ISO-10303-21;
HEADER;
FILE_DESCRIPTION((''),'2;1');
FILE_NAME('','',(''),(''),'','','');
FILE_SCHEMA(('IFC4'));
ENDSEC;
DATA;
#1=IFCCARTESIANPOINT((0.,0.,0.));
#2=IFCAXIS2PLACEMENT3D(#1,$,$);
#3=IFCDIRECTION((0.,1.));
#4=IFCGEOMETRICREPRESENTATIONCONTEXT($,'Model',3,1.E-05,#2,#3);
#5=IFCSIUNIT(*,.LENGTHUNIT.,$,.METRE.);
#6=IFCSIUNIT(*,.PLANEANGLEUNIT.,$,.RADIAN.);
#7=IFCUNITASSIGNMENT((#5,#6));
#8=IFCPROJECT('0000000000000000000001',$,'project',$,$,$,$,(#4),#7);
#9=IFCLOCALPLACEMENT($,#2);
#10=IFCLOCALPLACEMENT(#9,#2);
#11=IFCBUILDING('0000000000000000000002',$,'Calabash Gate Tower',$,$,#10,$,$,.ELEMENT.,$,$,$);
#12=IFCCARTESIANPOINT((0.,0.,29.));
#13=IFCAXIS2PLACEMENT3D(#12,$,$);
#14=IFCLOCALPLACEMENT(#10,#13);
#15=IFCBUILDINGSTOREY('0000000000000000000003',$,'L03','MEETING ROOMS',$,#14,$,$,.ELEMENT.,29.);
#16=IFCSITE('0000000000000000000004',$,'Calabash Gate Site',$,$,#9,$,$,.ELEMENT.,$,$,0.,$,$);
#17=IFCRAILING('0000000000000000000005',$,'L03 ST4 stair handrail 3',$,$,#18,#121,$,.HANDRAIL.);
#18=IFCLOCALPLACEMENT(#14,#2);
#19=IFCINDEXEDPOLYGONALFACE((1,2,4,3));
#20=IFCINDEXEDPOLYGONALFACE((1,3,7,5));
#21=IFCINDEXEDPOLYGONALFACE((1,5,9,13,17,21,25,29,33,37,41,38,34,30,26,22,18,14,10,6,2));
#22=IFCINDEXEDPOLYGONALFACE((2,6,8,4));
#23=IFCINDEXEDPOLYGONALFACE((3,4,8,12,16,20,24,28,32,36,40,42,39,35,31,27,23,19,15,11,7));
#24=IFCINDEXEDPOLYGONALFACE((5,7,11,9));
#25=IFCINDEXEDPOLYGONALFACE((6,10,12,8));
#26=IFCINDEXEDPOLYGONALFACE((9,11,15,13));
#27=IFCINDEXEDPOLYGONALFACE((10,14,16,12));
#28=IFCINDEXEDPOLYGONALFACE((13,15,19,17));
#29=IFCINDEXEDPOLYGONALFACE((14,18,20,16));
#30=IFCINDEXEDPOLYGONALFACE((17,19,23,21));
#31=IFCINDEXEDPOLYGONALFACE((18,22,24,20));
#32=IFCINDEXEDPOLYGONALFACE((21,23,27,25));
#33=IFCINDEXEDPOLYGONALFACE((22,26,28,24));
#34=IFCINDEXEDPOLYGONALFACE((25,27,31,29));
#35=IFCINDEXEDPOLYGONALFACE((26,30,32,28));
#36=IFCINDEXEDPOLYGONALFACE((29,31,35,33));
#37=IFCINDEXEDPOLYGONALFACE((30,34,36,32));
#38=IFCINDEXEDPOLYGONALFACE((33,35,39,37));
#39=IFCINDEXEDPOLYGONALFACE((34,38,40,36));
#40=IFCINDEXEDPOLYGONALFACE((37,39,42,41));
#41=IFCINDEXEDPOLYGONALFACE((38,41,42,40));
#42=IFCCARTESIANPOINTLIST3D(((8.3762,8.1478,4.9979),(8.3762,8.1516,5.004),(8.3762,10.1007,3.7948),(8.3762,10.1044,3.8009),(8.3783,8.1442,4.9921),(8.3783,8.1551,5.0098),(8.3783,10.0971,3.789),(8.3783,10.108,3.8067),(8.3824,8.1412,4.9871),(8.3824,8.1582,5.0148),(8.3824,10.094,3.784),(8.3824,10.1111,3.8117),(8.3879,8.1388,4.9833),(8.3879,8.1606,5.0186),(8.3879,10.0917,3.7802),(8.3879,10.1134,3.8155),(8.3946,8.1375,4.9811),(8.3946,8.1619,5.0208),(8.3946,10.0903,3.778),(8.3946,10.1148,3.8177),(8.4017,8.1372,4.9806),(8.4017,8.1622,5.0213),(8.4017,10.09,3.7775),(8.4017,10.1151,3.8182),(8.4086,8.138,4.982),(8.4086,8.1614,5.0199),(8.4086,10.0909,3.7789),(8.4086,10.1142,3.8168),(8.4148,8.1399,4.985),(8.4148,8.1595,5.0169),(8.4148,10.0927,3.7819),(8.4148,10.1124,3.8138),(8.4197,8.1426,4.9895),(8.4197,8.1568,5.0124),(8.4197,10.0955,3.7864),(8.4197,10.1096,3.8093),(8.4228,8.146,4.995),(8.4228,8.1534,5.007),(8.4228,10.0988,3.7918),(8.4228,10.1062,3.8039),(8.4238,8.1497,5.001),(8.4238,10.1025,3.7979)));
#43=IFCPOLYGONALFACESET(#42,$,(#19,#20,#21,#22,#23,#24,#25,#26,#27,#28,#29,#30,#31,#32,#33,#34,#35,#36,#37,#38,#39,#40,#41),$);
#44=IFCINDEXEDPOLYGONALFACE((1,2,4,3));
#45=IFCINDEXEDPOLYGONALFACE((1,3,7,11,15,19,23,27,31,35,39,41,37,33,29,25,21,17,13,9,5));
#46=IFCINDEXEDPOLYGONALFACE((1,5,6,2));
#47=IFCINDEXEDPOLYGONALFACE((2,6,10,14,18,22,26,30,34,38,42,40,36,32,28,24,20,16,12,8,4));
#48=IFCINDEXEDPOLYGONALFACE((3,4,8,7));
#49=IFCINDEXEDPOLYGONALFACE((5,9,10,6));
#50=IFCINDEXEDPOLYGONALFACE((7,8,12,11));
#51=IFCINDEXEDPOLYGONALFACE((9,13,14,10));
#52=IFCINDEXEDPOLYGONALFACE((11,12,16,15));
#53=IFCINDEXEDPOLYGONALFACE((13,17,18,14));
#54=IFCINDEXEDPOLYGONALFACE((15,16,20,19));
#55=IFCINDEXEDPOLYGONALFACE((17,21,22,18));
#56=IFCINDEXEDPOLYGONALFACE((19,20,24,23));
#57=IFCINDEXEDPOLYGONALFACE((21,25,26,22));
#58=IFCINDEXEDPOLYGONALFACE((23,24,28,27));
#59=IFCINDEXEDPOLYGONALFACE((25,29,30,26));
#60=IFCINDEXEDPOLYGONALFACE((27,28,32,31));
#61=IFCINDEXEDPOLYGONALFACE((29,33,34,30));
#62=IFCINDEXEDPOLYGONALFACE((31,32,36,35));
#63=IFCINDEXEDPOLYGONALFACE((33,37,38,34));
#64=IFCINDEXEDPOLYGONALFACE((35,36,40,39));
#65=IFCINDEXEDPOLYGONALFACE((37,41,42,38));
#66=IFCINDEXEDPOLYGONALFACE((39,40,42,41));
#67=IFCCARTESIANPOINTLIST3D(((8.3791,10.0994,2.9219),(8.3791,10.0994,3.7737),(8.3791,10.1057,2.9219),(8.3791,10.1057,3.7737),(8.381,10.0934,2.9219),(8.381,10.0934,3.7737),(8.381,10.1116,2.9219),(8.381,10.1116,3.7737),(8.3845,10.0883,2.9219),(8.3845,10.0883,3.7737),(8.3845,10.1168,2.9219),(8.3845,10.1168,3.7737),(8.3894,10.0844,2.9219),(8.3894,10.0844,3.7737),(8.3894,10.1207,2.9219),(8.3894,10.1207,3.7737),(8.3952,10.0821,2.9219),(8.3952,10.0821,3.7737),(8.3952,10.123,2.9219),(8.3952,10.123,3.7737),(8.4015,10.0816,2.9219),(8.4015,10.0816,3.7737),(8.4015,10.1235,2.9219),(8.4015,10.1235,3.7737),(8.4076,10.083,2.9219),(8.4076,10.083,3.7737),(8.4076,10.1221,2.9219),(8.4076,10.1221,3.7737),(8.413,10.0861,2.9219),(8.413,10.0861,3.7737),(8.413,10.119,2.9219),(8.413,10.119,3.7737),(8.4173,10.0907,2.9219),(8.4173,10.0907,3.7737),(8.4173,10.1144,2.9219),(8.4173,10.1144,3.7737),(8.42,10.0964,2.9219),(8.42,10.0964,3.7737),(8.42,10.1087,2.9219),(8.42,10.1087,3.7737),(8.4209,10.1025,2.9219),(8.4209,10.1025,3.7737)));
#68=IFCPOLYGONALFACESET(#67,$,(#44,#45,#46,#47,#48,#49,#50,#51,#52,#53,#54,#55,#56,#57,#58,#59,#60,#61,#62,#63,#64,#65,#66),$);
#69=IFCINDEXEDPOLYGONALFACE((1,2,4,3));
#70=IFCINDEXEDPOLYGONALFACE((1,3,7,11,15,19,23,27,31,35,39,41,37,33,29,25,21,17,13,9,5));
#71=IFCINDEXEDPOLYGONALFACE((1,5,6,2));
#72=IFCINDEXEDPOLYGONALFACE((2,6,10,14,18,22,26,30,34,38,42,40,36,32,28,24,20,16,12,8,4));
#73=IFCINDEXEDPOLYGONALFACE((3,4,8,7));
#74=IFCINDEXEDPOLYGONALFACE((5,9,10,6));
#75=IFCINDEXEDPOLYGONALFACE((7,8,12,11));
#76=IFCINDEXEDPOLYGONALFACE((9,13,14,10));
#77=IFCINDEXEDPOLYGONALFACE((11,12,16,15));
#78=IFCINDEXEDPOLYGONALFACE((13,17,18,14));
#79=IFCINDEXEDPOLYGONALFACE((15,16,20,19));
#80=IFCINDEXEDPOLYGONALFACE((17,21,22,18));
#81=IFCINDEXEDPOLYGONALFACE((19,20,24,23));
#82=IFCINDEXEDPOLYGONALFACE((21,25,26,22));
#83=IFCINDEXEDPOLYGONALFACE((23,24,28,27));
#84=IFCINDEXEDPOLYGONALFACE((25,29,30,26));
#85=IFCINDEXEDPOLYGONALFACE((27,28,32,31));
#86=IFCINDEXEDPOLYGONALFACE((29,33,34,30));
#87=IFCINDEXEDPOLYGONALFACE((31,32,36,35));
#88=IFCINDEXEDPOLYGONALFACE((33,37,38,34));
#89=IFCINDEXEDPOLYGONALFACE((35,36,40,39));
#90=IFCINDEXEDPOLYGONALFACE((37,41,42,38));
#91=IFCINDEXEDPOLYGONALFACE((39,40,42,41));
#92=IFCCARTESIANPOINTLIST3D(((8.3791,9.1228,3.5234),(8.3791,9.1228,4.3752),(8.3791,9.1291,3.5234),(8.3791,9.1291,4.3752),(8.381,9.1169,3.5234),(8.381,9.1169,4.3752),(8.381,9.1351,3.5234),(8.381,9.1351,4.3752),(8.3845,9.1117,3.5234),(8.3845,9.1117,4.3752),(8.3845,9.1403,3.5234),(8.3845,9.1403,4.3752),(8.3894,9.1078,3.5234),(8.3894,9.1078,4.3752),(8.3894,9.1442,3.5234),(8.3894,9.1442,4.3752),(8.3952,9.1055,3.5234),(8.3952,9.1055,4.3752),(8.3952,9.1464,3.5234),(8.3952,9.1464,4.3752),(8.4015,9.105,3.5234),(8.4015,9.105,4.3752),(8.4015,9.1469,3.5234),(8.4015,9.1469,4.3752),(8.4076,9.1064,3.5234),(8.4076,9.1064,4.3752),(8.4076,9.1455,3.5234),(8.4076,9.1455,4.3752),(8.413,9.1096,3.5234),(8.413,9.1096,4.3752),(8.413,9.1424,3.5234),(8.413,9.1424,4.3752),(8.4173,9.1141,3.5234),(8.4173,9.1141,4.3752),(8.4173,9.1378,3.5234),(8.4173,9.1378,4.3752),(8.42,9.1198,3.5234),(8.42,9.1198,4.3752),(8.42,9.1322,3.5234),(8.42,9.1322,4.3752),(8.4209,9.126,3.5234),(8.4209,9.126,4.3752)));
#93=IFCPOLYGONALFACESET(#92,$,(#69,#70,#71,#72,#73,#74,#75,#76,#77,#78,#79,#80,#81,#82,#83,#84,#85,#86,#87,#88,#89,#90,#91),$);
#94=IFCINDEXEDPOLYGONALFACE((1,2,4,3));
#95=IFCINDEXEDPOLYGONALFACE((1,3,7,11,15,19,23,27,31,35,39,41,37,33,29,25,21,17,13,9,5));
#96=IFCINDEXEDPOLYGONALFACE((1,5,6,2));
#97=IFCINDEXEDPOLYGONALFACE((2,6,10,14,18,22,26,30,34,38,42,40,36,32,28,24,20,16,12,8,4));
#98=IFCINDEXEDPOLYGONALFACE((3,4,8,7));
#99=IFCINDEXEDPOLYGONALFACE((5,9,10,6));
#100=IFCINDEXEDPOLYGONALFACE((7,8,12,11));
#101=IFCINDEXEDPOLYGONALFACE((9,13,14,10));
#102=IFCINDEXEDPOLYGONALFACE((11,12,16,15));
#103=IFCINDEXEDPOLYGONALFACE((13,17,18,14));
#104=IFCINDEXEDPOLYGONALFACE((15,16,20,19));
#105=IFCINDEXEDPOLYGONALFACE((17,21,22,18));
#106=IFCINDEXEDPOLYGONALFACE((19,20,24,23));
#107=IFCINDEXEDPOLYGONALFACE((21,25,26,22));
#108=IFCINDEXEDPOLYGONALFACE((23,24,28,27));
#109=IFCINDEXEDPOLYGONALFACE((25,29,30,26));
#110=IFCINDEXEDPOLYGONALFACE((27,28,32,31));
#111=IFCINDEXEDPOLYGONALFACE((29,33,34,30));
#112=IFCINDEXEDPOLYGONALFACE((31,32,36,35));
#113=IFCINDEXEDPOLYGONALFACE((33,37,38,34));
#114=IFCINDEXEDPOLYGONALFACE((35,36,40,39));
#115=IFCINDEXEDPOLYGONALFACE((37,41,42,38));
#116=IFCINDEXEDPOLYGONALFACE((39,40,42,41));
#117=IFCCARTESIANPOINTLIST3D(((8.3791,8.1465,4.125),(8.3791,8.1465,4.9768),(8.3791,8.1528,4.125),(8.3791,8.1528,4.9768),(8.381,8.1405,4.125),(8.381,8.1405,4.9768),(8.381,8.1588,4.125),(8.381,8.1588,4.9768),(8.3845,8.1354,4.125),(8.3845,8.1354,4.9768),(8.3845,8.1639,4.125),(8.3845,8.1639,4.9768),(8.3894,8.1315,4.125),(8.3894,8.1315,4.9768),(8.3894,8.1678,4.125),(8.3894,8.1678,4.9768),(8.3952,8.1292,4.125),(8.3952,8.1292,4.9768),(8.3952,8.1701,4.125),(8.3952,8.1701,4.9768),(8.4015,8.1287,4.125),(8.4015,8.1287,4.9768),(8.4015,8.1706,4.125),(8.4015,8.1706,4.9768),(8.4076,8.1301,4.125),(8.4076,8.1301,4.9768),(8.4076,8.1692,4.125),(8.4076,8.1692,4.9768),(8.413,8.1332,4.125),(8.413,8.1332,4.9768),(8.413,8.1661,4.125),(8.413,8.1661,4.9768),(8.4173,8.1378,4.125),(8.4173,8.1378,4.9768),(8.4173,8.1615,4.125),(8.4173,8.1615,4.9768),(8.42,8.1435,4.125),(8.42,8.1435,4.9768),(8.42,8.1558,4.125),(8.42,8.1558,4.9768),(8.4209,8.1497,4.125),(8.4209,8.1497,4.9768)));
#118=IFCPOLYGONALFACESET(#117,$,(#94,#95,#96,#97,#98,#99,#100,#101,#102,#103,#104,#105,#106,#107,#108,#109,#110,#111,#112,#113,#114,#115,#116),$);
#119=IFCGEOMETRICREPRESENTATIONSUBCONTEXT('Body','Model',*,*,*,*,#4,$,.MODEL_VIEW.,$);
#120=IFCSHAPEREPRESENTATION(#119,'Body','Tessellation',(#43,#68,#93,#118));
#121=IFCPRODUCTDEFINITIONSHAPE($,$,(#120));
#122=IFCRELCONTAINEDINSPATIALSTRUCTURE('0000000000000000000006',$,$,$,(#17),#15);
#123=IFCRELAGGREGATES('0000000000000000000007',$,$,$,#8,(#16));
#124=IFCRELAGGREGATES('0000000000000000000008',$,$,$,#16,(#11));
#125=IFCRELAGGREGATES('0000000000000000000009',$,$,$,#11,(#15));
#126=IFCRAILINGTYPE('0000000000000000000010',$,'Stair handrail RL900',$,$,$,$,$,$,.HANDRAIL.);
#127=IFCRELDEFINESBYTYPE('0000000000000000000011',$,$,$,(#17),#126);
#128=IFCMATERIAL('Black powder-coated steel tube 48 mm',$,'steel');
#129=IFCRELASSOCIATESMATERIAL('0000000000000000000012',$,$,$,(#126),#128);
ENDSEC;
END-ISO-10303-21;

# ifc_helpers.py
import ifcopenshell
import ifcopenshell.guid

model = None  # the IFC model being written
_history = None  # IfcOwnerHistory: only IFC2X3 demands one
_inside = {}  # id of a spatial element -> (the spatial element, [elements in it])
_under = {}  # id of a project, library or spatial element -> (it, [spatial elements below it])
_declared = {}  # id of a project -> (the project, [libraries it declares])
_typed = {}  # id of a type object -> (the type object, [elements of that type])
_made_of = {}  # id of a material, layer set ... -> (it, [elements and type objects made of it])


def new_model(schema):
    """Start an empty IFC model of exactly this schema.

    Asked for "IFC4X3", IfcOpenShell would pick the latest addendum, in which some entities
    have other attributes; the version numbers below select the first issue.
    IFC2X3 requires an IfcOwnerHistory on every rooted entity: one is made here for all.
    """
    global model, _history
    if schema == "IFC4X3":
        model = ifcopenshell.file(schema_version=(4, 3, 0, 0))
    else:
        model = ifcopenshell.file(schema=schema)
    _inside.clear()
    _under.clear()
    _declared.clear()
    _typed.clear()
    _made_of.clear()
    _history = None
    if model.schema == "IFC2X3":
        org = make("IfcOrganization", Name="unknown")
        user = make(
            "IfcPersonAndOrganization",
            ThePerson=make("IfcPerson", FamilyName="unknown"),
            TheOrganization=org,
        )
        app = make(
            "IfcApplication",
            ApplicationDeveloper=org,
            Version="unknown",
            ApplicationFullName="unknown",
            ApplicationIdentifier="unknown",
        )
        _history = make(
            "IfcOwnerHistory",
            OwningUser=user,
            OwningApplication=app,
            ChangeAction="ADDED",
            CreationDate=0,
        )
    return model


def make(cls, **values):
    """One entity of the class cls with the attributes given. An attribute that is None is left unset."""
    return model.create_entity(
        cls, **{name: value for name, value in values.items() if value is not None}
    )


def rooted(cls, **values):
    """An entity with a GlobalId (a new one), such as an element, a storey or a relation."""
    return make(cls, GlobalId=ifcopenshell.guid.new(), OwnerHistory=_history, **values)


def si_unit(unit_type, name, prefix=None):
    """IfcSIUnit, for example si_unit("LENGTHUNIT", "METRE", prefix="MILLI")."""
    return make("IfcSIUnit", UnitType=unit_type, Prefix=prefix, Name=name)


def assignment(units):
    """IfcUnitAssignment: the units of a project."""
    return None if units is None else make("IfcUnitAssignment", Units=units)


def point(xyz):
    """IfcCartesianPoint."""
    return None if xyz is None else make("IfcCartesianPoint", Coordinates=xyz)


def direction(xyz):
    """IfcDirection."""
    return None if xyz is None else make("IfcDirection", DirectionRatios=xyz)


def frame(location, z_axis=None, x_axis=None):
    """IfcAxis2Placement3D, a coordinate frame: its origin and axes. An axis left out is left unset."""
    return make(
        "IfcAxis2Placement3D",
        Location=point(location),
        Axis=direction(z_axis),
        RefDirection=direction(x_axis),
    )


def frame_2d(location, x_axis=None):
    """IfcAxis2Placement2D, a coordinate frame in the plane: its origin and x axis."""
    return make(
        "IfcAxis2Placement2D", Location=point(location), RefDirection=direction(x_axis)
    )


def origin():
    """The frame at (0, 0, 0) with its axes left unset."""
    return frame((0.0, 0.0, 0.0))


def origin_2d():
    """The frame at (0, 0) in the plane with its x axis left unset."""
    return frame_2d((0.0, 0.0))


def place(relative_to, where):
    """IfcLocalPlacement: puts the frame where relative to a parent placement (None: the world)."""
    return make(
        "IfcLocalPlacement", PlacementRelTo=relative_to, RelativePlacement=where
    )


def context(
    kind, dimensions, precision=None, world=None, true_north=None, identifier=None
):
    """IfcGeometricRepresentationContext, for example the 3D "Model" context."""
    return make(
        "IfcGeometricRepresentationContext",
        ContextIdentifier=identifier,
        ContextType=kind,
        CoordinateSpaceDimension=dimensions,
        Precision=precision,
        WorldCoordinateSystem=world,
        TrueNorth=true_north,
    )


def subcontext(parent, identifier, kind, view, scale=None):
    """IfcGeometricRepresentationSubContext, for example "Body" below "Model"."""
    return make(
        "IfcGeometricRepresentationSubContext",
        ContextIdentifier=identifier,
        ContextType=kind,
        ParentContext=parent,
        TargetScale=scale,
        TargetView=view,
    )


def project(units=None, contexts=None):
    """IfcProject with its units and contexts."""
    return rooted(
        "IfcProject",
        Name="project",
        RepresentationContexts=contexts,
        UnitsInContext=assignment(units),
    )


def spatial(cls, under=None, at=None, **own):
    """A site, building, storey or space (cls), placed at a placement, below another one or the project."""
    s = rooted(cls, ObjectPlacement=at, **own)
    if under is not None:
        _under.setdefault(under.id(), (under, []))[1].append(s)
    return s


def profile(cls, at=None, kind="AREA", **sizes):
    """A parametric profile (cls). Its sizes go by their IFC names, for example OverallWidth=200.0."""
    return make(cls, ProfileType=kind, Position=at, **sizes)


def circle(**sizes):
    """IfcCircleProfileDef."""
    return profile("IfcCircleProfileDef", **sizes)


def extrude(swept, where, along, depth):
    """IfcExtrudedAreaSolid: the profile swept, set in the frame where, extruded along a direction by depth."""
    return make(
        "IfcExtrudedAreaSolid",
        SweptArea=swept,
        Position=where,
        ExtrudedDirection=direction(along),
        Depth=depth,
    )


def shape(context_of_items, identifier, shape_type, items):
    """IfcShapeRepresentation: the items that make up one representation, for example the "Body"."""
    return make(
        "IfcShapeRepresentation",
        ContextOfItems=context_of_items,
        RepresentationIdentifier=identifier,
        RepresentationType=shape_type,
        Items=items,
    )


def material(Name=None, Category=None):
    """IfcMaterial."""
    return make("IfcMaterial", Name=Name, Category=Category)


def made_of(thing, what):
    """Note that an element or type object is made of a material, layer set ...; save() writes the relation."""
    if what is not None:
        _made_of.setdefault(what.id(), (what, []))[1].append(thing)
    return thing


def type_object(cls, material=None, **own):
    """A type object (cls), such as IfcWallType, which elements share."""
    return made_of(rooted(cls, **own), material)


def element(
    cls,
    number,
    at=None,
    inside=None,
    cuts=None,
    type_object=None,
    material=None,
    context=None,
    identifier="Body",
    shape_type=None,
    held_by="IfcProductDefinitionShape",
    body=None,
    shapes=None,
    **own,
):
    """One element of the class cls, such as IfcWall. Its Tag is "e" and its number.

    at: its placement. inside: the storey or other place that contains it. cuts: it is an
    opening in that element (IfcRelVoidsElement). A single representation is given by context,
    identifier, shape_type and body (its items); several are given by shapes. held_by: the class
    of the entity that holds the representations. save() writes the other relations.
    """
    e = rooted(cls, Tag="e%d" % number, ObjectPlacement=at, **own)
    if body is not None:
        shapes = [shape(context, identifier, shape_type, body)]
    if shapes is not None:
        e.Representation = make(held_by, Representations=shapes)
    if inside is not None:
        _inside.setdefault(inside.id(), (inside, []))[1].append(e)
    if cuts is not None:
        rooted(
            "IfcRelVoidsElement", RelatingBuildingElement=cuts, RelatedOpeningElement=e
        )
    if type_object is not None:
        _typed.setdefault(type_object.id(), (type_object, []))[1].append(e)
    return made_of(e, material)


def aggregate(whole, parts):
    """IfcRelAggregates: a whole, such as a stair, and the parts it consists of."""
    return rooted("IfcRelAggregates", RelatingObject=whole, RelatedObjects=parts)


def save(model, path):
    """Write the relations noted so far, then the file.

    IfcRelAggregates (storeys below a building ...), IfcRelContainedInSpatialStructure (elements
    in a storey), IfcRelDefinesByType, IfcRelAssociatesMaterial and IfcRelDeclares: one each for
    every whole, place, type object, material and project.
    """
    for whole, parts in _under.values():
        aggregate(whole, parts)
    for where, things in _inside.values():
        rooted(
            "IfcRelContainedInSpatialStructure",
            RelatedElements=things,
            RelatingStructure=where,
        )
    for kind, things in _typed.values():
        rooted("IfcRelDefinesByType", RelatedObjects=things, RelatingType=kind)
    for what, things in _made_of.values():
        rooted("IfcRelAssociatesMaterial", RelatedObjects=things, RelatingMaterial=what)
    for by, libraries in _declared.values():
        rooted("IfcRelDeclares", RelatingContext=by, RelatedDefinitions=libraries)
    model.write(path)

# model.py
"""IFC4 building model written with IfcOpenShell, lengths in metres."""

from ifc_helpers import new_model, si_unit, direction, frame, origin, origin_2d, place, context, subcontext, project, spatial, circle, extrude, material, type_object, element, save


model = new_model("IFC4")

# Units and contexts
model_context = context("Model", 3, precision=1e-05, world=origin(), true_north=direction((0.0, 1.0)))
body_context = subcontext(model_context, "Body", "Model", "MODEL_VIEW")
ifc_project = project(units=[si_unit("LENGTHUNIT", "METRE"), si_unit("PLANEANGLEUNIT", "RADIAN")], contexts=[model_context])

# Site, building, storey
site_placement = place(None, origin())
site = spatial("IfcSite", under=ifc_project, at=site_placement, Name="Calabash Gate Site", CompositionType="ELEMENT", RefElevation=0.0)
building_placement = place(site_placement, origin())
building = spatial("IfcBuilding", under=site, at=building_placement, Name="Calabash Gate Tower", CompositionType="ELEMENT")
storey_placement = place(building_placement, frame((0.0, 0.0, 29.0)))
storey = spatial("IfcBuildingStorey", under=building, at=storey_placement, Name="L03", Description="MEETING ROOMS", CompositionType="ELEMENT", Elevation=29.0)

# Railing
ifc_material_1 = material(Name="Black powder-coated steel tube 48 mm", Category="steel")
railing_type_1 = type_object("IfcRailingType", Name="Stair handrail RL900", PredefinedType="HANDRAIL", material=ifc_material_1)
railing_1_placement = place(storey_placement, frame((8.3999, 10.1025, 2.9219)))
element("IfcRailing", 1, at=railing_1_placement, inside=storey, type_object=railing_type_1, Name="L03 ST4 stair handrail 3", PredefinedType="HANDRAIL", context=body_context, shape_type="SweptSolid", body=[
    extrude(circle(Radius=0.0239, at=origin_2d()), frame((0.0, 0.0, 0.876), z_axis=(0.0, -0.851395, 0.524525), x_axis=(1.0, 0.0, 0.0)), (0.0, 0.0, 1.0), 2.2937),
    extrude(circle(Radius=0.021, at=origin_2d()), origin(), (0.0, 0.0, 1.0), 0.8518),
    extrude(circle(Radius=0.021, at=origin_2d()), frame((0.0, -0.9766, 0.6016)), (0.0, 0.0, 1.0), 0.8518),
    extrude(circle(Radius=0.021, at=origin_2d()), frame((0.0, -1.9529, 1.2031)), (0.0, 0.0, 1.0), 0.8518),
])

save(model, "model.ifc")
